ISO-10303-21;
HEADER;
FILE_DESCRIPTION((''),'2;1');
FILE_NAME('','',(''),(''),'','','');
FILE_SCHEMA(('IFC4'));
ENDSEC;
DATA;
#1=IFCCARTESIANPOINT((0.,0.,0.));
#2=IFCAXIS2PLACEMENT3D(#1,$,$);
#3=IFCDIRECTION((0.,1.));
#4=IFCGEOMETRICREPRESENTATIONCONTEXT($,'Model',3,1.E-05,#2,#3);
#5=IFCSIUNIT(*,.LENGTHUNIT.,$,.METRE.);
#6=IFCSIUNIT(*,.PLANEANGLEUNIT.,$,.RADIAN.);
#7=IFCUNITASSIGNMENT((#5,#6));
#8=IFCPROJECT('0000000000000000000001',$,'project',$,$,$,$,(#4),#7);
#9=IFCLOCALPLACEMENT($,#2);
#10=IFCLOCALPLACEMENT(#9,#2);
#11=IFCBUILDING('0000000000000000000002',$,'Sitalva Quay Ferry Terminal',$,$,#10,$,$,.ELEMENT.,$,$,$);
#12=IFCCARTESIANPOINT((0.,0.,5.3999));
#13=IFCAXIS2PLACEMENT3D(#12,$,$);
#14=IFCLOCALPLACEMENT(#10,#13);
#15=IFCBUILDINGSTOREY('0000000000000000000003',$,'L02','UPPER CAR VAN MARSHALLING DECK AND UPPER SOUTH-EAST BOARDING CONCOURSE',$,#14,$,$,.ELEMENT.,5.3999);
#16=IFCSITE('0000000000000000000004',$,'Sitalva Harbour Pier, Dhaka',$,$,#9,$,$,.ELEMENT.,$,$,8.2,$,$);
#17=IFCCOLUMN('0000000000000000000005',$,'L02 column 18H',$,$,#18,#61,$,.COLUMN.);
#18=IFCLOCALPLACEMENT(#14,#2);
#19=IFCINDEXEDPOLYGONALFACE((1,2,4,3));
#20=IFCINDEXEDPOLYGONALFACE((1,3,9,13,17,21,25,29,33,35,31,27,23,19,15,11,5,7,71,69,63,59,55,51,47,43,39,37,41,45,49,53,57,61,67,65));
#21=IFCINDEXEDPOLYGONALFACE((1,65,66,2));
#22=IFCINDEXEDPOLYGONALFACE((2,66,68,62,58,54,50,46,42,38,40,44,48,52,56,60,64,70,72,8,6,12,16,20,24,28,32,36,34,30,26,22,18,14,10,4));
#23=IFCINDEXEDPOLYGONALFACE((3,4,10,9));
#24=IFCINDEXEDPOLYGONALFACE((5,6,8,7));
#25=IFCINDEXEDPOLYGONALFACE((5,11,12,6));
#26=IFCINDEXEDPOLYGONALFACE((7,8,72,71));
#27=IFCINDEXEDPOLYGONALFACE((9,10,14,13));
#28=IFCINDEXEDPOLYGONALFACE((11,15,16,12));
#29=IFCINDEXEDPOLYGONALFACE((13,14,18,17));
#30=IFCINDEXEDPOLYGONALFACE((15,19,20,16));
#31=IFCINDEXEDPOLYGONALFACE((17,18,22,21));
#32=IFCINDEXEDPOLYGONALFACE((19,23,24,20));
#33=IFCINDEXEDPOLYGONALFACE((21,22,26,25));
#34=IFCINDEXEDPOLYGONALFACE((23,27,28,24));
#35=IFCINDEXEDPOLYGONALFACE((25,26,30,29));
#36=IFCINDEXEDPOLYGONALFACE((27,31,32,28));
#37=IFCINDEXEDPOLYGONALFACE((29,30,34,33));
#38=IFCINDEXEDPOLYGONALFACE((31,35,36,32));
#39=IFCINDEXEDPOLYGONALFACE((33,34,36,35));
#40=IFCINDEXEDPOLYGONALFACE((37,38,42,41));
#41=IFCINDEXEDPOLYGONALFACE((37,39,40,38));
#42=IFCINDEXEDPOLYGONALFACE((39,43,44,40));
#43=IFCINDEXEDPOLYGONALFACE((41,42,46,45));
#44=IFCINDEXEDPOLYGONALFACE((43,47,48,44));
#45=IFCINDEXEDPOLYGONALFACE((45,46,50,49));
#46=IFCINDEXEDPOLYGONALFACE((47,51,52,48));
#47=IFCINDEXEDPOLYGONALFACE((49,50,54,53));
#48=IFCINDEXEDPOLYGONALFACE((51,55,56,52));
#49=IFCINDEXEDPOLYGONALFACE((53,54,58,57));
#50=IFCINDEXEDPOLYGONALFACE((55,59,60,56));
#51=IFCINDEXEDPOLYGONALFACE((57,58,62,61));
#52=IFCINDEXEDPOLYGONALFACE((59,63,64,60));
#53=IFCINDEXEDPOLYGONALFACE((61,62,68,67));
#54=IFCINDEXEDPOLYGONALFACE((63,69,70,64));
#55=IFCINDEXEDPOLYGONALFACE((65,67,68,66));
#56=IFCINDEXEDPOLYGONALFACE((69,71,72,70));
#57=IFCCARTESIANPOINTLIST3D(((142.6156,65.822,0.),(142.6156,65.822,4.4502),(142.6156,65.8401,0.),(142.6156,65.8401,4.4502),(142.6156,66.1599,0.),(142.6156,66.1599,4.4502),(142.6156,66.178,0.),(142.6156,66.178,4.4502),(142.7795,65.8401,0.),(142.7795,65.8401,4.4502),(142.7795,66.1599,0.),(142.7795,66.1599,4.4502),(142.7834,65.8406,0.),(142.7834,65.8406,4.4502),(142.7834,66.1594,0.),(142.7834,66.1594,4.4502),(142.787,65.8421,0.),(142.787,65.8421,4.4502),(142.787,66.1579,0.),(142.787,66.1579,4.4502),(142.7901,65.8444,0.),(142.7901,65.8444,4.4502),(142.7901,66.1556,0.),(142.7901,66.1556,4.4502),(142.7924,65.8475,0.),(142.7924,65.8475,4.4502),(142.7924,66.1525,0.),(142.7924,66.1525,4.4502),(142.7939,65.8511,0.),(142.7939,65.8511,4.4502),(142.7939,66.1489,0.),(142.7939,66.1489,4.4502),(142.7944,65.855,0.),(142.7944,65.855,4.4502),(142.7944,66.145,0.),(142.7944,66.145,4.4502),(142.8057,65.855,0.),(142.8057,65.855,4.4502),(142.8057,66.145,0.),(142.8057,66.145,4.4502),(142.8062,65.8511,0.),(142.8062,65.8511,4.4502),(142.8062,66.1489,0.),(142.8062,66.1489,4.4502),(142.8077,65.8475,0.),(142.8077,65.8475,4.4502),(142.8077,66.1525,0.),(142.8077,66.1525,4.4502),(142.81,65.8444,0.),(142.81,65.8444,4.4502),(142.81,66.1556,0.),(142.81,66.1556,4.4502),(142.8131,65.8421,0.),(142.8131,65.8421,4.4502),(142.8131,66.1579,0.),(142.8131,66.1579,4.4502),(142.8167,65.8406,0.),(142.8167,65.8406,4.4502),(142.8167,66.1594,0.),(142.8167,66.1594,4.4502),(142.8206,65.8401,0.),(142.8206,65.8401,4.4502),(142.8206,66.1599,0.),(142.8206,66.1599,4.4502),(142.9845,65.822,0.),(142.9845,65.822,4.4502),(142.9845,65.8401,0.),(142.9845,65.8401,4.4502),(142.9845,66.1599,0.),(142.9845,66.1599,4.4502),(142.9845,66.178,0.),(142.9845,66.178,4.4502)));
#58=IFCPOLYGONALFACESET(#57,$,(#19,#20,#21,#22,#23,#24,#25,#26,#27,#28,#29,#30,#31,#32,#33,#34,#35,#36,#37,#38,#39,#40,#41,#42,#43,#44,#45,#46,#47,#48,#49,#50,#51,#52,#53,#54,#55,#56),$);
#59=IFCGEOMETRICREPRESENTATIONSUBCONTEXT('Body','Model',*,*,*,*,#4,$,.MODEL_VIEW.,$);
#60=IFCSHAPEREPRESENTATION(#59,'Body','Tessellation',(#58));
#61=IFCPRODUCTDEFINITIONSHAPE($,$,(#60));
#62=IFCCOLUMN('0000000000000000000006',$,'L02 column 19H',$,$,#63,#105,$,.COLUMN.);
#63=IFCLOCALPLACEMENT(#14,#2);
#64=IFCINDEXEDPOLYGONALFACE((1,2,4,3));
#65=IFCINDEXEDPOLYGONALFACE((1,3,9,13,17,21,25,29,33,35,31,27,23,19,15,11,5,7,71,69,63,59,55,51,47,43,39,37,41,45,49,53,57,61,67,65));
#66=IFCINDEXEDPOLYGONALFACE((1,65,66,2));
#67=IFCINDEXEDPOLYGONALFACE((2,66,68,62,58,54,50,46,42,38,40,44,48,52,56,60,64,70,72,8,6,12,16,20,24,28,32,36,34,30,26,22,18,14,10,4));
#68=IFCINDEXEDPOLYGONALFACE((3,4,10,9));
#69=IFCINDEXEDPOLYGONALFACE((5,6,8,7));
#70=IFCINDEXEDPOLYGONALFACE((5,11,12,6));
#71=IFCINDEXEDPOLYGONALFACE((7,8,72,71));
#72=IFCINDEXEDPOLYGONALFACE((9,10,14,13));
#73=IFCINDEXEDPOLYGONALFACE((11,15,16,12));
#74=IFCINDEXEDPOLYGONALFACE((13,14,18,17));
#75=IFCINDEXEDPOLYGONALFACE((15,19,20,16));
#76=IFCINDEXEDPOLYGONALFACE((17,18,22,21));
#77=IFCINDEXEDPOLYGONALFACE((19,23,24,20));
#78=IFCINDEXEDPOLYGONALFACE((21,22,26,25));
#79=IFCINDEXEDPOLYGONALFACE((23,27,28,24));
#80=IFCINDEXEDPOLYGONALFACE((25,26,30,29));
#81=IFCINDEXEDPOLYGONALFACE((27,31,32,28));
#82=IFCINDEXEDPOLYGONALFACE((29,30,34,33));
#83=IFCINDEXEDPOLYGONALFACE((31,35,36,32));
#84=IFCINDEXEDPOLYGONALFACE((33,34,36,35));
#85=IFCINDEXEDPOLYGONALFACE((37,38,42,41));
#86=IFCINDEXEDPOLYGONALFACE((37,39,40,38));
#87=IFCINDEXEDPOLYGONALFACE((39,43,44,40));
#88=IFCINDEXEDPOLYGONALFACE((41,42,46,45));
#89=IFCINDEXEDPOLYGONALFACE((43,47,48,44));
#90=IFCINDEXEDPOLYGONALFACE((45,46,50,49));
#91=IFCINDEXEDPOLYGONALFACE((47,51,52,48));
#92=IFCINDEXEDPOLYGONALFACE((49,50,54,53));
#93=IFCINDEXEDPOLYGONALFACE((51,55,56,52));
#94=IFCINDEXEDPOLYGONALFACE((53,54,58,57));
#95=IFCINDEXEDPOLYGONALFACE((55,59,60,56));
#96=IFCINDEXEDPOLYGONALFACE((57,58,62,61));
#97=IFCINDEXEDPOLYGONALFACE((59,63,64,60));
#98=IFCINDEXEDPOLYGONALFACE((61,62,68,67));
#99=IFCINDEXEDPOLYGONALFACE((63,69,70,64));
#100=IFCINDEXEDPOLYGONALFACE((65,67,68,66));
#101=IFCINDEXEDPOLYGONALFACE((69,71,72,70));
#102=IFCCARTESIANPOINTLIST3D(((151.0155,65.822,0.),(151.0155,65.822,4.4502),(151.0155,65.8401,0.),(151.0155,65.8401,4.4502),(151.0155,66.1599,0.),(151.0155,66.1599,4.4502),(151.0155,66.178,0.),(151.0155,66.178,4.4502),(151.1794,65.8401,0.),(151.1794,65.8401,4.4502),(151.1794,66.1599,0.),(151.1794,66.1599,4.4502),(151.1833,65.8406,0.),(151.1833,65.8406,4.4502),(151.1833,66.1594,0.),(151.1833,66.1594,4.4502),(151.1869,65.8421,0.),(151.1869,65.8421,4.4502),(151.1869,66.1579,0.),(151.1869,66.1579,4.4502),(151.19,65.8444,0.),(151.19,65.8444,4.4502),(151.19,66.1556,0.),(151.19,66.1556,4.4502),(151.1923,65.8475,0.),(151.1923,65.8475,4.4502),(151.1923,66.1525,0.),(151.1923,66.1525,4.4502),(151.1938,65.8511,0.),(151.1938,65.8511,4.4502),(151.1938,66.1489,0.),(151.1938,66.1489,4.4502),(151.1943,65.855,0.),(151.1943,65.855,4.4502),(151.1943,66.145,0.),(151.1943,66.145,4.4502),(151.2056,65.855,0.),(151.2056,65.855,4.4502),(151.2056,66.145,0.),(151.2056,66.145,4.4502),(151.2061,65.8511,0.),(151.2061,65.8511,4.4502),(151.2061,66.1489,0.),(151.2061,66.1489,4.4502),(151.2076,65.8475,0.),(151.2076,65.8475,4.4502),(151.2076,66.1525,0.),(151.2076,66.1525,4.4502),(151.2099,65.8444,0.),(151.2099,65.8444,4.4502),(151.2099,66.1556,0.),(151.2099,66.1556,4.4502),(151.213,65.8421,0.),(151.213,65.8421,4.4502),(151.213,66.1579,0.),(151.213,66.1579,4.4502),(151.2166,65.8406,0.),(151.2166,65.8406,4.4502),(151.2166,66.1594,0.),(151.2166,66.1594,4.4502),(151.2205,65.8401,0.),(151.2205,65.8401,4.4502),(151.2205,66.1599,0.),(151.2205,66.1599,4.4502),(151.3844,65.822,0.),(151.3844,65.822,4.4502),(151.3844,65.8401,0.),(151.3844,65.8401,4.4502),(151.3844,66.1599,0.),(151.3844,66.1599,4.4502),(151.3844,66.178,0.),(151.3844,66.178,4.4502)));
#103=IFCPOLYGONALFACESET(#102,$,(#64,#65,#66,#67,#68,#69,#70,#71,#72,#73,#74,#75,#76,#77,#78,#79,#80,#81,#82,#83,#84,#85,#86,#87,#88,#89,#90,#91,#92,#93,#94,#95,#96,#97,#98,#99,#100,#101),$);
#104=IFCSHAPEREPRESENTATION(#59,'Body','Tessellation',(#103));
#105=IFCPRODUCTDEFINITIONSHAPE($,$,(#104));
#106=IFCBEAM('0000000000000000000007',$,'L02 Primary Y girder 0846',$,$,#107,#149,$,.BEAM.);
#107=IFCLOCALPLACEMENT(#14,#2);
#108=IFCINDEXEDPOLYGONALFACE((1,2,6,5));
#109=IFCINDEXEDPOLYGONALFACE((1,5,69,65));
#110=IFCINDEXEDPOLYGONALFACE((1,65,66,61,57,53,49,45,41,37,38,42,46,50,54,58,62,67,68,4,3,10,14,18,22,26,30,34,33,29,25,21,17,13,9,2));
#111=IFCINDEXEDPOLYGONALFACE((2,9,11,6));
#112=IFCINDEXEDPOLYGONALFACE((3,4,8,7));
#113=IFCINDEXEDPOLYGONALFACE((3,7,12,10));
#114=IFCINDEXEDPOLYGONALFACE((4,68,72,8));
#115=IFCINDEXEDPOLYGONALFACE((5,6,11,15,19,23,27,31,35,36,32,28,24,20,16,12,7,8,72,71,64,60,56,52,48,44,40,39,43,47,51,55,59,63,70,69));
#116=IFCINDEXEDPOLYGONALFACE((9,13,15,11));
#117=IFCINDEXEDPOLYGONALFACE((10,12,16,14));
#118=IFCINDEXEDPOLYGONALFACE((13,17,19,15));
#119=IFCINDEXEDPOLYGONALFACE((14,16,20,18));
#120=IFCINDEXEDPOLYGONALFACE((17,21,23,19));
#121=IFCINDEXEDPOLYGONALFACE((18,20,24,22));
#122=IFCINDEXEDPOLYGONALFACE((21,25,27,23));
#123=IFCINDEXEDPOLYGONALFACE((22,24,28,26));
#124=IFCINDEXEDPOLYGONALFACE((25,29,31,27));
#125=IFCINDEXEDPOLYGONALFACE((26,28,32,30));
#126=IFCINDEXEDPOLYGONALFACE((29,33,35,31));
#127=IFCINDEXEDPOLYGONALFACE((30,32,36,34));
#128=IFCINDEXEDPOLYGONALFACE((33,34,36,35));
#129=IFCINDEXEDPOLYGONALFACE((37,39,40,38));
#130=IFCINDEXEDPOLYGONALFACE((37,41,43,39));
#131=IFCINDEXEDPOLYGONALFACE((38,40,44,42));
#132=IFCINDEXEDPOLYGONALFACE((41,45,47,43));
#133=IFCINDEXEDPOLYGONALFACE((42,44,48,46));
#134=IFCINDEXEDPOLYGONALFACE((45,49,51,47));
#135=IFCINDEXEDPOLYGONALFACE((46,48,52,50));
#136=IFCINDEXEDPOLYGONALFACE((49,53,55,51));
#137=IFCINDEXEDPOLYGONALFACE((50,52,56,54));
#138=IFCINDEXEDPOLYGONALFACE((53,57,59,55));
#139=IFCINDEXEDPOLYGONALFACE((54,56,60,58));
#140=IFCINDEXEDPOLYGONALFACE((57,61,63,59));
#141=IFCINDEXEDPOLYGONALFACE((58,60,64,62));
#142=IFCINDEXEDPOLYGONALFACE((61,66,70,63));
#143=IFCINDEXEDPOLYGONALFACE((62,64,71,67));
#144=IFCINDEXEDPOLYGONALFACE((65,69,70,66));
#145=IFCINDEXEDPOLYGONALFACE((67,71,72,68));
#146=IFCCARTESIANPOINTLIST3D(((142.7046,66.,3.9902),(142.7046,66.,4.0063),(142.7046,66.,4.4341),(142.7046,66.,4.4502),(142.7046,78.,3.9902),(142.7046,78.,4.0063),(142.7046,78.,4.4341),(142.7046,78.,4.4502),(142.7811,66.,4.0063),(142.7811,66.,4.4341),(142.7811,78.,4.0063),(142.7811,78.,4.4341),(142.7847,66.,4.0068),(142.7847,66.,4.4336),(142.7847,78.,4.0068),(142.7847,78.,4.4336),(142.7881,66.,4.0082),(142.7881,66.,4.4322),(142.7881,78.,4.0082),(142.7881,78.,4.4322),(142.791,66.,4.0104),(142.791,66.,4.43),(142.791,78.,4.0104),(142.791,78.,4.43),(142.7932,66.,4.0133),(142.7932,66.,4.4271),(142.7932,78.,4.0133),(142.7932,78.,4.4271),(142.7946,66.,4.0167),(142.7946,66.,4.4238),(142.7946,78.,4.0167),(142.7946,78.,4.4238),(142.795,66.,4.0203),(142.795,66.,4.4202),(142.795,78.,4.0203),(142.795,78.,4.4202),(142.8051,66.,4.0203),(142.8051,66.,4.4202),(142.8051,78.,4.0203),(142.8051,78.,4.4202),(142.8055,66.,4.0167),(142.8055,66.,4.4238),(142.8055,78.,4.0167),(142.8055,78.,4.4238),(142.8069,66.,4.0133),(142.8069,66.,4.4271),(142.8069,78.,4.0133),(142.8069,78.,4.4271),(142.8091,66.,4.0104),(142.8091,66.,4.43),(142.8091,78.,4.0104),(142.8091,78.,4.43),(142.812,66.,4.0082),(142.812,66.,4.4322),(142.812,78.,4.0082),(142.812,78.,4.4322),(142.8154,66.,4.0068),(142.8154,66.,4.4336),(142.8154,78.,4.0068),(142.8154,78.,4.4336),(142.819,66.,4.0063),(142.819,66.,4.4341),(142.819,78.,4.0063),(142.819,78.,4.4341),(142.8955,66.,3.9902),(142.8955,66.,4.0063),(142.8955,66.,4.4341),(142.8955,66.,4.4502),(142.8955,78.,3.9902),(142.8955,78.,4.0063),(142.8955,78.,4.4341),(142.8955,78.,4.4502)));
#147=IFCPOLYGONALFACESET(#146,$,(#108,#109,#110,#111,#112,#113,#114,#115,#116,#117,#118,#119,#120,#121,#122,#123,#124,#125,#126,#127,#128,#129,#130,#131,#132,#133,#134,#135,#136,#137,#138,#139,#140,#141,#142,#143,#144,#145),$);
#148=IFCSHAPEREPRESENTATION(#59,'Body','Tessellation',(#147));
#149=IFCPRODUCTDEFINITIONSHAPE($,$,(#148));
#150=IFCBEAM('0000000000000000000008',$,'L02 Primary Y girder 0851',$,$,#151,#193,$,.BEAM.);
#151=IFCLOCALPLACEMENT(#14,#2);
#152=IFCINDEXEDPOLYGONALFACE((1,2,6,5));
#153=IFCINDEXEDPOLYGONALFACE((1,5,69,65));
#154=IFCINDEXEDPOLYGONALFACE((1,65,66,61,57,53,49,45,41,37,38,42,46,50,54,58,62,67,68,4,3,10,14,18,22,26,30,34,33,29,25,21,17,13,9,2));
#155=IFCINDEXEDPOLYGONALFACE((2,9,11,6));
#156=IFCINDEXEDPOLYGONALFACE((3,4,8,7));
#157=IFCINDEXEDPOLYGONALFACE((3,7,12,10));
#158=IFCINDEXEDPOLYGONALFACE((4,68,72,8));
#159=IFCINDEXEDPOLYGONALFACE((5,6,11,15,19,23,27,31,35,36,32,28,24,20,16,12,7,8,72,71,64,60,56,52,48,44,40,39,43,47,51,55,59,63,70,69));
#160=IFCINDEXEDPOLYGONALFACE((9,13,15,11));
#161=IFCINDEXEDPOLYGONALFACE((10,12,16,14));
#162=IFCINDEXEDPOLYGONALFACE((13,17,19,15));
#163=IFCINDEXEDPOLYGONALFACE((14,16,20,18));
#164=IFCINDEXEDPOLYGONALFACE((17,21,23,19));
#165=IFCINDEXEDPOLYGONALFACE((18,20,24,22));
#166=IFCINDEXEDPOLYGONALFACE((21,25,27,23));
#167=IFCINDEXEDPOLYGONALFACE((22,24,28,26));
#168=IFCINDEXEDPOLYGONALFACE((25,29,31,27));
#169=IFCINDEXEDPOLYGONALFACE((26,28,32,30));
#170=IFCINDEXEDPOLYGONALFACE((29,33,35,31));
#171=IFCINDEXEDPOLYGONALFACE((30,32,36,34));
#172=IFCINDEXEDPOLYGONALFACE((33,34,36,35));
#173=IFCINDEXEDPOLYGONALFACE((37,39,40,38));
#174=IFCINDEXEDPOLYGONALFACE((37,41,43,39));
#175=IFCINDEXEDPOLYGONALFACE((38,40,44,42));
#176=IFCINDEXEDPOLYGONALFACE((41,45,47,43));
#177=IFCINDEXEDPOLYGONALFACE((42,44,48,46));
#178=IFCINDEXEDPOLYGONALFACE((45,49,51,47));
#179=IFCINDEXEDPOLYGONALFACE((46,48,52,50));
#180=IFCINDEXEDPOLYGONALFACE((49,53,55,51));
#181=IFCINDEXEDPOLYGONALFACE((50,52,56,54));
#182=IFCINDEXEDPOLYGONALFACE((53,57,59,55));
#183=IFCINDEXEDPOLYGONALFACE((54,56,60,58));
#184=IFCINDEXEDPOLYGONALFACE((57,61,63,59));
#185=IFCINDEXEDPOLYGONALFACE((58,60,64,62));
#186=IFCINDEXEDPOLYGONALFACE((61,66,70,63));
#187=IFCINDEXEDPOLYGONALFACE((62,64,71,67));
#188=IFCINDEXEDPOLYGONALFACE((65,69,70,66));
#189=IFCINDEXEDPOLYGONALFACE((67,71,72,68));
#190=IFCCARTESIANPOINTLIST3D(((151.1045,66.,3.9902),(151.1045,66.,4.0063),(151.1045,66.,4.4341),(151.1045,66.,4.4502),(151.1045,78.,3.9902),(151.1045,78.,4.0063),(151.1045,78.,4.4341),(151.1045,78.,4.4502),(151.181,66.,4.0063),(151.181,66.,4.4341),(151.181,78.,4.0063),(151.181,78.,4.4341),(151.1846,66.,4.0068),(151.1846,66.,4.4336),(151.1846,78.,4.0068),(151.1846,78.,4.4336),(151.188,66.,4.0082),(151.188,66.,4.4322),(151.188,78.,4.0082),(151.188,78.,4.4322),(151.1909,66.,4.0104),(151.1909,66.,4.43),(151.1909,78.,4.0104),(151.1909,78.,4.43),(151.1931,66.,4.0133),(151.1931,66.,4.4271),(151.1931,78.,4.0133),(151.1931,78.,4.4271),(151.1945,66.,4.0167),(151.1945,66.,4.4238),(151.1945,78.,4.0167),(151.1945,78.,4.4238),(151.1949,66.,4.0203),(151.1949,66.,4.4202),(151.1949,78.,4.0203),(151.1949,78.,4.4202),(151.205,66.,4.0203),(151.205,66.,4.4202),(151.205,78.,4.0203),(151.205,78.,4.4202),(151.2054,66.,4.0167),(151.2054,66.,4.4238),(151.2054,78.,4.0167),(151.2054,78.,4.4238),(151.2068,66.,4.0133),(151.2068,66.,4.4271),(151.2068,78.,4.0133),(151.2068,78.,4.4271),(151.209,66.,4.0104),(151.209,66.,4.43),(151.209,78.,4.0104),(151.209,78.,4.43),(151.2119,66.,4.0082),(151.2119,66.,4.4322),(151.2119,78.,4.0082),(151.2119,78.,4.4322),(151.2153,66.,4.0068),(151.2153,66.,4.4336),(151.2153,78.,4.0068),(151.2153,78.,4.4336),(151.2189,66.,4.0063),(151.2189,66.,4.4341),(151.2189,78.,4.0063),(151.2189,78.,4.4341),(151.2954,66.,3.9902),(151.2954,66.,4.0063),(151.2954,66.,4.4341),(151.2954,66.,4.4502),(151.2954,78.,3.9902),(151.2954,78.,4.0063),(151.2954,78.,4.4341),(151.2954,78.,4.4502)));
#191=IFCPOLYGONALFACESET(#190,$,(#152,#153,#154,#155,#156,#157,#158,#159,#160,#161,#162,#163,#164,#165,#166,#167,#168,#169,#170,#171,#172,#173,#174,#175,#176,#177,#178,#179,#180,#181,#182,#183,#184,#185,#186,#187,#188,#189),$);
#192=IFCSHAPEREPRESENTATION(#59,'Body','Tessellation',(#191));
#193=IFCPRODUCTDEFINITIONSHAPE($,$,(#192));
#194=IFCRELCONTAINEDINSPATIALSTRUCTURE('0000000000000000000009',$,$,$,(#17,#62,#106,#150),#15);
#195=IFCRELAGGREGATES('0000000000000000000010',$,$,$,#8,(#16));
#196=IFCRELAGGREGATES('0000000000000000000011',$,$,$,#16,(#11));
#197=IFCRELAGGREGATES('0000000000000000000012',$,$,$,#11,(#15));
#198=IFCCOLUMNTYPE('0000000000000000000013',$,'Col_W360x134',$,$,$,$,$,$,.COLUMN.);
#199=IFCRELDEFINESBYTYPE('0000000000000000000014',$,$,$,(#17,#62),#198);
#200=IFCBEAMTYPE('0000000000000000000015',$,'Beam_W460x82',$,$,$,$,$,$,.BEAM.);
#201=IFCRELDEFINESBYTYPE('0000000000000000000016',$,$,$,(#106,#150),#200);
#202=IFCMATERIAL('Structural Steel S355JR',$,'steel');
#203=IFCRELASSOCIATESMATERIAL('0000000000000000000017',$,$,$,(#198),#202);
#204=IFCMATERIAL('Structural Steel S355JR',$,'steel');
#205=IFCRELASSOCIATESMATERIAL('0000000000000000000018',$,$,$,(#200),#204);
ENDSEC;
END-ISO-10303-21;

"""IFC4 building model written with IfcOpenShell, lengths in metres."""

from ifc_helpers import new_model, si_unit, direction, frame, origin, origin_2d, place, context, subcontext, project, spatial, i_section, extrude, material, material_profile, profile_set, type_object, element, save


model = new_model("IFC4")

# Units and contexts
model_context = context("Model", 3, precision=1e-05, world=origin(), true_north=direction((0.0, 1.0)))
body_context = subcontext(model_context, "Body", "Model", "MODEL_VIEW")
ifc_project = project(units=[si_unit("LENGTHUNIT", "METRE"), si_unit("PLANEANGLEUNIT", "RADIAN")], contexts=[model_context])

# Site, building, storey
site_placement = place(None, origin())
site = spatial("IfcSite", under=ifc_project, at=site_placement, Name="Sitalva Harbour Pier, Dhaka", CompositionType="ELEMENT", RefElevation=8.2)
building_placement = place(site_placement, origin())
building = spatial("IfcBuilding", under=site, at=building_placement, Name="Sitalva Quay Ferry Terminal", CompositionType="ELEMENT")
storey_placement = place(building_placement, frame((0.0, 0.0, 5.3999)))
storey = spatial("IfcBuildingStorey", under=building, at=storey_placement, Name="L02", Description="UPPER CAR VAN MARSHALLING DECK AND UPPER SOUTH-EAST BOARDING CONCOURSE", CompositionType="ELEMENT", Elevation=5.3999)

# Columns
ifc_material_1 = material(Name="Structural Steel S355JR", Category="steel")
ifc_material_profile_1 = material_profile(ifc_material_1, i_section(OverallWidth=0.3689, OverallDepth=0.356, WebThickness=0.0112, FlangeThickness=0.0181, FilletRadius=0.0149, at=origin_2d()), Name="W360x134")
ifc_profile_set_1 = profile_set([ifc_material_profile_1], Name="Structural Steel S355JR")
column_type = type_object("IfcColumnType", Name="Col_W360x134", PredefinedType="COLUMN", material=ifc_profile_set_1)
for number, where, z_axis, x_axis, name in (
    (1, (142.8, 66.0, 0.0), (0.0, 0.0, 1.0), (1.0, 0.0, 0.0), "L02 column 18H"),
    (2, (151.2, 66.0, 0.0), (0.0, 0.0, 1.0), (1.0, 0.0, 0.0), "L02 column 19H"),
):
    element("IfcColumn", number, at=place(storey_placement, frame(where, z_axis=z_axis, x_axis=x_axis)), inside=storey, type_object=column_type, Name=name, PredefinedType="COLUMN", context=body_context, shape_type="SweptSolid", body=[
        extrude(i_section(OverallWidth=0.3689, OverallDepth=0.356, WebThickness=0.0112, FlangeThickness=0.0181, FilletRadius=0.0149, at=origin_2d()), origin(), (0.0, 0.0, 1.0), 4.4502),
    ])

# Beams
ifc_material_2 = material(Name="Structural Steel S355JR", Category="steel")
ifc_material_profile_2 = material_profile(ifc_material_2, i_section(OverallWidth=0.1909, OverallDepth=0.46, WebThickness=0.01, FlangeThickness=0.0161, FilletRadius=0.0139, at=origin_2d()), Name="W460x82")
ifc_profile_set_2 = profile_set([ifc_material_profile_2], Name="Structural Steel S355JR")
beam_type_1 = type_object("IfcBeamType", Name="Beam_W460x82", PredefinedType="BEAM", material=ifc_profile_set_2)
for number, where, z_axis, x_axis, name in (
    (3, (142.8, 66.0, 4.2202), (0.0, 1.0, 0.0), (-1.0, 0.0, 0.0), "L02 Primary Y girder 0846"),
    (4, (151.2, 66.0, 4.2202), (0.0, 1.0, 0.0), (-1.0, 0.0, 0.0), "L02 Primary Y girder 0851"),
):
    element("IfcBeam", number, at=place(storey_placement, frame(where, z_axis=z_axis, x_axis=x_axis)), inside=storey, type_object=beam_type_1, Name=name, PredefinedType="BEAM", context=body_context, shape_type="SweptSolid", body=[
        extrude(i_section(OverallWidth=0.1909, OverallDepth=0.46, WebThickness=0.01, FlangeThickness=0.0161, FilletRadius=0.0139, at=origin_2d()), origin(), (0.0, 0.0, 1.0), 12.0),
    ])

save(model, "model.ifc")
